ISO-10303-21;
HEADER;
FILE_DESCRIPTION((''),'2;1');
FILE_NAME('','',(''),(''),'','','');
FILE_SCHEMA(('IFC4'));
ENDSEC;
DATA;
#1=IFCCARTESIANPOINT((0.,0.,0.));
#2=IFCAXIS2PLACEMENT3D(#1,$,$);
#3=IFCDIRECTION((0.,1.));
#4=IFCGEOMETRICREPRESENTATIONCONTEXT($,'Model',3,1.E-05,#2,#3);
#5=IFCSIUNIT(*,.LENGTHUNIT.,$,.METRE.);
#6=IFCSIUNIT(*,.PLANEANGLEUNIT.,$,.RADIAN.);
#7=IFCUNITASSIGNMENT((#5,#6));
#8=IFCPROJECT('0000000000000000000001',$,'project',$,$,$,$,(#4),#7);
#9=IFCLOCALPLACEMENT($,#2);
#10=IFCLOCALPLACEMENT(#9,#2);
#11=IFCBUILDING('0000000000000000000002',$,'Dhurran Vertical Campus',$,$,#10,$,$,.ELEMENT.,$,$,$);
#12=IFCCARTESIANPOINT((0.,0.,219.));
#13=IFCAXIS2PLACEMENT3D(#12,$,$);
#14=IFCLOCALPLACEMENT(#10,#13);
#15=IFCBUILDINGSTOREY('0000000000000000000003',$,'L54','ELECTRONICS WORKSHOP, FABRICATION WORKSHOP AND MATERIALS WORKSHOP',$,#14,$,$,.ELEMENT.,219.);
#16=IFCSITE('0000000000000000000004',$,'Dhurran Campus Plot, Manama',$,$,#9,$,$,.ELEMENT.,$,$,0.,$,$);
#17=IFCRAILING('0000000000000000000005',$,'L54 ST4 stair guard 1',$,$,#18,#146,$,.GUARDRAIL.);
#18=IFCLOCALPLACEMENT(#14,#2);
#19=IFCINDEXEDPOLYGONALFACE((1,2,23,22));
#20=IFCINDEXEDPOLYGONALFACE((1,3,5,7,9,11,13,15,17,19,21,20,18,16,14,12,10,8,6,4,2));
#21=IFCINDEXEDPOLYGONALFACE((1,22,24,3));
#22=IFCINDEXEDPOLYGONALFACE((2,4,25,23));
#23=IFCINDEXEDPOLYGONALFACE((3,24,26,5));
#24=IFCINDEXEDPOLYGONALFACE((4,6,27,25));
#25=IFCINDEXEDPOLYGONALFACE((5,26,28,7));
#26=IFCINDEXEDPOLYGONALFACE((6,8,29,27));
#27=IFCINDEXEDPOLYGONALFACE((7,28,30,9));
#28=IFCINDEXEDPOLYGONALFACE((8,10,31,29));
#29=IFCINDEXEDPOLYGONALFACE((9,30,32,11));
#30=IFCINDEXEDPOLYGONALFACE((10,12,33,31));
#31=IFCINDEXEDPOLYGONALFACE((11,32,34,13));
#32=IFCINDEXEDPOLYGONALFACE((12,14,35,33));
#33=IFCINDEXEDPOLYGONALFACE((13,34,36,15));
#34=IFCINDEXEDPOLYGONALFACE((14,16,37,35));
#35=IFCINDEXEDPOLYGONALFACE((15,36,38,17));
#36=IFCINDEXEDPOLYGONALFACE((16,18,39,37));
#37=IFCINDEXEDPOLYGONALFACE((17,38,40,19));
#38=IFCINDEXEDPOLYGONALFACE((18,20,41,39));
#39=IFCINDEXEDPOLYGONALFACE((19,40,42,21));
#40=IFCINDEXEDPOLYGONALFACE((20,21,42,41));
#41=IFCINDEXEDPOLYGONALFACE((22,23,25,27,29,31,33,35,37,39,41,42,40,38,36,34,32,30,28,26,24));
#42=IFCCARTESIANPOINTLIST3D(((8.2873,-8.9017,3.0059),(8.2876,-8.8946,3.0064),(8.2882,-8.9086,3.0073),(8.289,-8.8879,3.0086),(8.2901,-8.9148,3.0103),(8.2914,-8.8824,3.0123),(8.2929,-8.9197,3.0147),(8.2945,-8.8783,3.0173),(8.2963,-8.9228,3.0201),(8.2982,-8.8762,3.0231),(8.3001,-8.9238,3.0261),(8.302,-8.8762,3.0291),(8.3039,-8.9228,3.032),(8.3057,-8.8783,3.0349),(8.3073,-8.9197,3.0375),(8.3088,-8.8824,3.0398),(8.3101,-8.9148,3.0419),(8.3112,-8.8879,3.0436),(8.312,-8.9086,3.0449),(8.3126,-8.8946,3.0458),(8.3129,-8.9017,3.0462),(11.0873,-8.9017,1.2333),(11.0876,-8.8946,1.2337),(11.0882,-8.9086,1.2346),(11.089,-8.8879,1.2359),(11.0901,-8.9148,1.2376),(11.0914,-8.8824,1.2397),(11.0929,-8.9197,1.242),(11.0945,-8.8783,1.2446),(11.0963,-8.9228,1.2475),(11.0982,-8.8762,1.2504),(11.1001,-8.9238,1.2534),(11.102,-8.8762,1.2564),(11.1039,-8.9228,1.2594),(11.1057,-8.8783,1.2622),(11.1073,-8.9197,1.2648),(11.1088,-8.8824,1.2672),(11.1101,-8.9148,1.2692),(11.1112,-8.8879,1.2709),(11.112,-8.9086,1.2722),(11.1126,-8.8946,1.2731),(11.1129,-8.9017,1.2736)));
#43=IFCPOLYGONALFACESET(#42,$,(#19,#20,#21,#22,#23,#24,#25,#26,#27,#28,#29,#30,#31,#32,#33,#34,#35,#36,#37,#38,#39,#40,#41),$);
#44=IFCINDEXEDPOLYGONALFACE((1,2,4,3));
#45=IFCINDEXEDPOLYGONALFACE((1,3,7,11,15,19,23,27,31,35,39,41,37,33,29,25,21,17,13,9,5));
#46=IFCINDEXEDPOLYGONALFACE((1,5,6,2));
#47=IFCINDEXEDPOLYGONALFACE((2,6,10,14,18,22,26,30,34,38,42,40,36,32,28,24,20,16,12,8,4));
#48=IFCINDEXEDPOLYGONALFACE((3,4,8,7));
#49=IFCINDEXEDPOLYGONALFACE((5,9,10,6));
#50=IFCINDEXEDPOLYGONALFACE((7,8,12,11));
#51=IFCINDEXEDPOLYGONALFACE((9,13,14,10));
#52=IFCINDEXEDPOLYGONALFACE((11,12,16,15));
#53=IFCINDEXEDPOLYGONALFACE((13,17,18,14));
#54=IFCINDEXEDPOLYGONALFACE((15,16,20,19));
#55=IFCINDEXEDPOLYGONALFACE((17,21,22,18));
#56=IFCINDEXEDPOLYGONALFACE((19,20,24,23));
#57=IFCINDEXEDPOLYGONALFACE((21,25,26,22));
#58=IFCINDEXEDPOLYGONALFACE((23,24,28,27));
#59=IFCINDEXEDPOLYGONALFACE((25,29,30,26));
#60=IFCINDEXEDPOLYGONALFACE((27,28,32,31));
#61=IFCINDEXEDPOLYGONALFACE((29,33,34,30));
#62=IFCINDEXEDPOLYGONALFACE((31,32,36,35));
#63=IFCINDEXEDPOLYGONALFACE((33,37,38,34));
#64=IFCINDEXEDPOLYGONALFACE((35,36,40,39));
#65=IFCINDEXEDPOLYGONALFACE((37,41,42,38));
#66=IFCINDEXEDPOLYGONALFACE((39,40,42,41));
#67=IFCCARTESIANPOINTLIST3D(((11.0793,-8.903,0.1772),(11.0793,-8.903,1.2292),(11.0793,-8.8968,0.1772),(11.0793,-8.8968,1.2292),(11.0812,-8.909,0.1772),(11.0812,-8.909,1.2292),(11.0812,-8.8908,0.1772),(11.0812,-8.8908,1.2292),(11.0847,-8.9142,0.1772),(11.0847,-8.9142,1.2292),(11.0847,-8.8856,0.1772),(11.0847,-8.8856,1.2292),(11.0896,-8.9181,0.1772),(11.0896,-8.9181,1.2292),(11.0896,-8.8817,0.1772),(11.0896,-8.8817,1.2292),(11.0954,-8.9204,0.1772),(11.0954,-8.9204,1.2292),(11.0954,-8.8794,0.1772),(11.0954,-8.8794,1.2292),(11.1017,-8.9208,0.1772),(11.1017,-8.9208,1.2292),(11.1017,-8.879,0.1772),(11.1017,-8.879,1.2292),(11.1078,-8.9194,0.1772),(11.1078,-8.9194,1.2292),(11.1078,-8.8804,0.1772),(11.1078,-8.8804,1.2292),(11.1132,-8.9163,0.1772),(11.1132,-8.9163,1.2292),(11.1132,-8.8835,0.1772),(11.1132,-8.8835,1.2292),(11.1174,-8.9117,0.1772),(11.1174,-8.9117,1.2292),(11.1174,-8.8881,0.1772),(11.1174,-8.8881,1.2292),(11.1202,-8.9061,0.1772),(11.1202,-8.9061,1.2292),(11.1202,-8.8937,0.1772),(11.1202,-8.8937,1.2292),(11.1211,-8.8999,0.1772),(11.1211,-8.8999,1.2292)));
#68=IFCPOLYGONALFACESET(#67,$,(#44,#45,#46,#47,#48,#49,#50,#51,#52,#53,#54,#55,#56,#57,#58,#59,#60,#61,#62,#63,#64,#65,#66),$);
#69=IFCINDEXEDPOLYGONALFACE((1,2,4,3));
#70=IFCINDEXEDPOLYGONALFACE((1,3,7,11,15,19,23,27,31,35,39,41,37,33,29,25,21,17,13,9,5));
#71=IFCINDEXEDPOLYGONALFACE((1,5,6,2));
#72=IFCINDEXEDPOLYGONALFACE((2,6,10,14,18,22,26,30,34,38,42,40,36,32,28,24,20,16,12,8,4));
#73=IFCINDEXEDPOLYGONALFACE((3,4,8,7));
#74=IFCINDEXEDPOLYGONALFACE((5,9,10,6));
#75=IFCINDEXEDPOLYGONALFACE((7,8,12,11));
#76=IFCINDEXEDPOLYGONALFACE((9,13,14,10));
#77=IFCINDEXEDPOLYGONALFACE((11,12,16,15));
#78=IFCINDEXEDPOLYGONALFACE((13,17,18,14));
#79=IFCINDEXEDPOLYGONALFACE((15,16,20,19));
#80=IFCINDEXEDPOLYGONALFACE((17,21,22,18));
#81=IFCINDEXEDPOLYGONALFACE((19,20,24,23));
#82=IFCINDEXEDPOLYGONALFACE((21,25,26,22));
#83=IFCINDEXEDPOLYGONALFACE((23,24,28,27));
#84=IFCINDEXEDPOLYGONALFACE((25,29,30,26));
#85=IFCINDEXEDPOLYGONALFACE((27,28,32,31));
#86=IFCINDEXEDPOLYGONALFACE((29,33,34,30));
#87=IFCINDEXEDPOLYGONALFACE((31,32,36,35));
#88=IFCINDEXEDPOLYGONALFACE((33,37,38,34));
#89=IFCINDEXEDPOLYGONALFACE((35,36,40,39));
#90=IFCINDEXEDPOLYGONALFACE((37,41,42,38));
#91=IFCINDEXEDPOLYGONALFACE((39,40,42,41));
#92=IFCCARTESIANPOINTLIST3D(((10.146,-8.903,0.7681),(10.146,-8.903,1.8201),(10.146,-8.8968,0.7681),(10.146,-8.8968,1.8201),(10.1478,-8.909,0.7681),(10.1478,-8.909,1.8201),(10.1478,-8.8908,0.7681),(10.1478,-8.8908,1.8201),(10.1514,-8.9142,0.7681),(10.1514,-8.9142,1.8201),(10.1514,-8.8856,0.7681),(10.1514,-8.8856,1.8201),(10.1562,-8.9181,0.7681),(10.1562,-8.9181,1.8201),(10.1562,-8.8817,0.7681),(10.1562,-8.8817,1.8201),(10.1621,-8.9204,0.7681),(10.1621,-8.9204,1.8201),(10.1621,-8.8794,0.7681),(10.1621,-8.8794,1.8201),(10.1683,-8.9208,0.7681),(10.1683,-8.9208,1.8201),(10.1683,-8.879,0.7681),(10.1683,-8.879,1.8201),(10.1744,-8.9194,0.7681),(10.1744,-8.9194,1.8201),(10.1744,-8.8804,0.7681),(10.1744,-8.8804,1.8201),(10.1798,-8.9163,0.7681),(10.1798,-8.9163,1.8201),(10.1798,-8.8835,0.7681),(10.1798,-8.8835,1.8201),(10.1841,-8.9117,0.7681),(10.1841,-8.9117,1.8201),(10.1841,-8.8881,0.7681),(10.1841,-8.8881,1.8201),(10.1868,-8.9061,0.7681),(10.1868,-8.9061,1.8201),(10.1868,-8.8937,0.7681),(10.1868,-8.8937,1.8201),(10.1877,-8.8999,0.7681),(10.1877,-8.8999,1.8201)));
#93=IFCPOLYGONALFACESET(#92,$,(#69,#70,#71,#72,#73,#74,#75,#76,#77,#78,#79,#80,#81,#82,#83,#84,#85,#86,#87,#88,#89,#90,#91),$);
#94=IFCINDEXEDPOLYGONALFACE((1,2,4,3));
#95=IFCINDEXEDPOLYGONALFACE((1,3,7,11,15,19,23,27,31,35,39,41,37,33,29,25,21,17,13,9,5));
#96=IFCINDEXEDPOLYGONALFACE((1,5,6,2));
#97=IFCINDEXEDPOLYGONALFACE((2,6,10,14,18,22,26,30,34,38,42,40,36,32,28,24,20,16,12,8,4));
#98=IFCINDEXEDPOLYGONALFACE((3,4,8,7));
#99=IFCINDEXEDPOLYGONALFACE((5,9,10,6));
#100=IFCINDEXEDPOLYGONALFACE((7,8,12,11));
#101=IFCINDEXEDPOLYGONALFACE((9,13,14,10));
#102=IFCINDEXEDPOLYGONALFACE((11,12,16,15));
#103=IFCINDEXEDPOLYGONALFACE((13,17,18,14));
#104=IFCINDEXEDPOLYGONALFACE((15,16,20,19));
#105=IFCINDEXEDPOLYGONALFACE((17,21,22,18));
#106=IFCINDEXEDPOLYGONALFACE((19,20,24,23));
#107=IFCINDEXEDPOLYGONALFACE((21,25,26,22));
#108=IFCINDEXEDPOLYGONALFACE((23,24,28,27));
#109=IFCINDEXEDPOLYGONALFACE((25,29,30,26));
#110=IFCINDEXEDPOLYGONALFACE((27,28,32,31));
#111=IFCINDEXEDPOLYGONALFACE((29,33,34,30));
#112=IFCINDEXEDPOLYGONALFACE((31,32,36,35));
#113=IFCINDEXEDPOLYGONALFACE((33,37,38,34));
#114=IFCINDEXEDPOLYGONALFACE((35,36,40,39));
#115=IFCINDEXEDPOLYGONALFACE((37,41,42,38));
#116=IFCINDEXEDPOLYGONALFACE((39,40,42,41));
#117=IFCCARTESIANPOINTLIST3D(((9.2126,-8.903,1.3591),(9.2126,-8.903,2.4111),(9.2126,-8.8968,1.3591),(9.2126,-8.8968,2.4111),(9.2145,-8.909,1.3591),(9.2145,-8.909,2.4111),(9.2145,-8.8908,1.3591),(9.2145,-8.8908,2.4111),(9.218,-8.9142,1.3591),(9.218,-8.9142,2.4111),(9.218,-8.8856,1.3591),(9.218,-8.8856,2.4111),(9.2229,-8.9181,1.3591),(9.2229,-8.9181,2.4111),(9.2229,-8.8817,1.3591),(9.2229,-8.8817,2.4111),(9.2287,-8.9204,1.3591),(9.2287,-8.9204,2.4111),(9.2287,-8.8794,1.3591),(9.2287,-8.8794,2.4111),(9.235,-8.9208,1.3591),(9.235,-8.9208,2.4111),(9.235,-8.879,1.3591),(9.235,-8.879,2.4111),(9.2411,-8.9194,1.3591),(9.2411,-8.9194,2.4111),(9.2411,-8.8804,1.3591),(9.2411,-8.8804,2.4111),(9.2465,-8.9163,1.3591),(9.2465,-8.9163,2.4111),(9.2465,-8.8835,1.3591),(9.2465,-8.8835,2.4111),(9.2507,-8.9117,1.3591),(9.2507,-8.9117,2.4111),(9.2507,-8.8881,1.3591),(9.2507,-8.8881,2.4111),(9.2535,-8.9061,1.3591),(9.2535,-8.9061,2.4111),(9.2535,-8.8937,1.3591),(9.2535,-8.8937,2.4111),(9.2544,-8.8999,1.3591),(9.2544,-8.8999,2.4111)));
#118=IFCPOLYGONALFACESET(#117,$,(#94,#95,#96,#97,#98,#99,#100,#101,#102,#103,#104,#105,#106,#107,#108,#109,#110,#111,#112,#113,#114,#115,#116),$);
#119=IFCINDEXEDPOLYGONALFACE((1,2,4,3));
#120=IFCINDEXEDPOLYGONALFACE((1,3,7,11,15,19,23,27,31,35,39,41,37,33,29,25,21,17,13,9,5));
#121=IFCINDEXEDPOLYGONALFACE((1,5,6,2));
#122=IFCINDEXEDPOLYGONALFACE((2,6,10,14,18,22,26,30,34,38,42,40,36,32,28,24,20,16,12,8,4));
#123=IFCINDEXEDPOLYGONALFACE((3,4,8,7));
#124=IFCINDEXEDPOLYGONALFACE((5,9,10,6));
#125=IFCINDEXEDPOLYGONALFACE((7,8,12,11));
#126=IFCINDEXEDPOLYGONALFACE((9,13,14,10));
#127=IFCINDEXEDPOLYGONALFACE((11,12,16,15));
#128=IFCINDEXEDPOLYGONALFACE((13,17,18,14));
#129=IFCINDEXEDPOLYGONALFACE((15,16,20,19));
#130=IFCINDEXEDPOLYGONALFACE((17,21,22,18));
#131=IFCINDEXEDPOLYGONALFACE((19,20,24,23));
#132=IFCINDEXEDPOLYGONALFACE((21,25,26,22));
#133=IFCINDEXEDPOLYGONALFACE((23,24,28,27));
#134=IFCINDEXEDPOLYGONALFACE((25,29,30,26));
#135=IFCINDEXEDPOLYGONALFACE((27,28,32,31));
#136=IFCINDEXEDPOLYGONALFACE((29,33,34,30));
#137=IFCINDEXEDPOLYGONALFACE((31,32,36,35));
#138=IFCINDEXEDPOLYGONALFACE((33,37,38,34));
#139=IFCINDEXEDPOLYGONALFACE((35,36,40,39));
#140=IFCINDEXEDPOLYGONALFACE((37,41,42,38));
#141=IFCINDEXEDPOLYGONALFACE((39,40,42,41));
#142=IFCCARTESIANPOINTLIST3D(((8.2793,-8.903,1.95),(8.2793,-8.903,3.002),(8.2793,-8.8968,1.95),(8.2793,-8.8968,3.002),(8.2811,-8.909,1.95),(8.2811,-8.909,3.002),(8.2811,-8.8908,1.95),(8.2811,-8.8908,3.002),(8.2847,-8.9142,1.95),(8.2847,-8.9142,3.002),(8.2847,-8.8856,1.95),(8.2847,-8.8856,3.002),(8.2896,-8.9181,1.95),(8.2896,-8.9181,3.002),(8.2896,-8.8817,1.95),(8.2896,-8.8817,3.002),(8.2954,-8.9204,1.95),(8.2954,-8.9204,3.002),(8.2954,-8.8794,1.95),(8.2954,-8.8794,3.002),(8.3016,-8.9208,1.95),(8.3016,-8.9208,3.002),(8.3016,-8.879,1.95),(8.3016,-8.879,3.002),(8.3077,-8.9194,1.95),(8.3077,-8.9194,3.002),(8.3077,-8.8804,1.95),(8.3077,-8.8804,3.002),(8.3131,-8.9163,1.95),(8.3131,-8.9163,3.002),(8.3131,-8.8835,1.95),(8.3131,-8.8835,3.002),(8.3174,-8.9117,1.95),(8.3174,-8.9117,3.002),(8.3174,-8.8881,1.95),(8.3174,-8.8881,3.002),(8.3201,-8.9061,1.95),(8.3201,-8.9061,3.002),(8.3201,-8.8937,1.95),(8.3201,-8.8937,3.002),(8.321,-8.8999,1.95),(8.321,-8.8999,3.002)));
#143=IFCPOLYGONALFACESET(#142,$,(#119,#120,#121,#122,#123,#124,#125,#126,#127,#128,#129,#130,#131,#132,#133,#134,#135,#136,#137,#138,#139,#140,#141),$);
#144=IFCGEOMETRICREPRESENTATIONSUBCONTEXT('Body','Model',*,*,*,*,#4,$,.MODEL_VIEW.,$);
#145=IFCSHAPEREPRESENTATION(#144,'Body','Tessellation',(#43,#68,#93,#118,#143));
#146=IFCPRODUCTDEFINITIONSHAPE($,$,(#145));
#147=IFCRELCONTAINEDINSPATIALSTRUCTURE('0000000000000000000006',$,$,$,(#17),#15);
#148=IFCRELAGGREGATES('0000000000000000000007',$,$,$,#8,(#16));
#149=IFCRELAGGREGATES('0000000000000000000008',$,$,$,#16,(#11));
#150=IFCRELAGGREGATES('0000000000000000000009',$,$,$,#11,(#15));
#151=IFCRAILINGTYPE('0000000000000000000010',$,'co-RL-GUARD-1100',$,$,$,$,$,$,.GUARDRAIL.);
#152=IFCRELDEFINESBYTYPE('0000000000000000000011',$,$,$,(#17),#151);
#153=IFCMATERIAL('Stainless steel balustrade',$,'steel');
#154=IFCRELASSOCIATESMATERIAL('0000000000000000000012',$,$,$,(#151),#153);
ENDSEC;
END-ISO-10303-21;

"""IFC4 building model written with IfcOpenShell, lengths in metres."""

from ifc_helpers import new_model, si_unit, direction, frame, origin, origin_2d, place, context, subcontext, project, spatial, circle, extrude, material, type_object, element, save


model = new_model("IFC4")

# Units and contexts
model_context = context("Model", 3, precision=1e-05, world=origin(), true_north=direction((0.0, 1.0)))
body_context = subcontext(model_context, "Body", "Model", "MODEL_VIEW")
ifc_project = project(units=[si_unit("LENGTHUNIT", "METRE"), si_unit("PLANEANGLEUNIT", "RADIAN")], contexts=[model_context])

# Site, building, storey
site_placement = place(None, origin())
site = spatial("IfcSite", under=ifc_project, at=site_placement, Name="Dhurran Campus Plot, Manama", CompositionType="ELEMENT", RefElevation=0.0)
building_placement = place(site_placement, origin())
building = spatial("IfcBuilding", under=site, at=building_placement, Name="Dhurran Vertical Campus", CompositionType="ELEMENT")
storey_placement = place(building_placement, frame((0.0, 0.0, 219.0)))
storey = spatial("IfcBuildingStorey", under=building, at=storey_placement, Name="L54", Description="ELECTRONICS WORKSHOP, FABRICATION WORKSHOP AND MATERIALS WORKSHOP", CompositionType="ELEMENT", Elevation=219.0)

# Railing
ifc_material_1 = material(Name="Stainless steel balustrade", Category="steel")
railing_type_1 = type_object("IfcRailingType", Name="co-RL-GUARD-1100", PredefinedType="GUARDRAIL", material=ifc_material_1)
railing_1_placement = place(storey_placement, frame((11.1001, -8.8999, 0.1772)))
element("IfcRailing", 1, at=railing_1_placement, inside=storey, type_object=railing_type_1, Name="L54 ST4 stair guard 1", PredefinedType="GUARDRAIL", context=body_context, shape_type="SweptSolid", body=[
    extrude(circle(Radius=0.0239, at=origin_2d()), frame((0.0, 0.0, 1.0762), z_axis=(-0.844909, 0.0, 0.53491), x_axis=(0.0, -1.0, 0.0)), (0.0, 0.0, 1.0), 3.314),
    extrude(circle(Radius=0.021, at=origin_2d()), origin(), (0.0, 0.0, 1.0), 1.052),
    extrude(circle(Radius=0.021, at=origin_2d()), frame((-0.9333, 0.0, 0.5908)), (0.0, 0.0, 1.0), 1.052),
    extrude(circle(Radius=0.021, at=origin_2d()), frame((-1.8667, 0.0, 1.1819)), (0.0, 0.0, 1.0), 1.052),
    extrude(circle(Radius=0.021, at=origin_2d()), frame((-2.8, 0.0, 1.7727)), (0.0, 0.0, 1.0), 1.052),
])

save(model, "model.ifc")
